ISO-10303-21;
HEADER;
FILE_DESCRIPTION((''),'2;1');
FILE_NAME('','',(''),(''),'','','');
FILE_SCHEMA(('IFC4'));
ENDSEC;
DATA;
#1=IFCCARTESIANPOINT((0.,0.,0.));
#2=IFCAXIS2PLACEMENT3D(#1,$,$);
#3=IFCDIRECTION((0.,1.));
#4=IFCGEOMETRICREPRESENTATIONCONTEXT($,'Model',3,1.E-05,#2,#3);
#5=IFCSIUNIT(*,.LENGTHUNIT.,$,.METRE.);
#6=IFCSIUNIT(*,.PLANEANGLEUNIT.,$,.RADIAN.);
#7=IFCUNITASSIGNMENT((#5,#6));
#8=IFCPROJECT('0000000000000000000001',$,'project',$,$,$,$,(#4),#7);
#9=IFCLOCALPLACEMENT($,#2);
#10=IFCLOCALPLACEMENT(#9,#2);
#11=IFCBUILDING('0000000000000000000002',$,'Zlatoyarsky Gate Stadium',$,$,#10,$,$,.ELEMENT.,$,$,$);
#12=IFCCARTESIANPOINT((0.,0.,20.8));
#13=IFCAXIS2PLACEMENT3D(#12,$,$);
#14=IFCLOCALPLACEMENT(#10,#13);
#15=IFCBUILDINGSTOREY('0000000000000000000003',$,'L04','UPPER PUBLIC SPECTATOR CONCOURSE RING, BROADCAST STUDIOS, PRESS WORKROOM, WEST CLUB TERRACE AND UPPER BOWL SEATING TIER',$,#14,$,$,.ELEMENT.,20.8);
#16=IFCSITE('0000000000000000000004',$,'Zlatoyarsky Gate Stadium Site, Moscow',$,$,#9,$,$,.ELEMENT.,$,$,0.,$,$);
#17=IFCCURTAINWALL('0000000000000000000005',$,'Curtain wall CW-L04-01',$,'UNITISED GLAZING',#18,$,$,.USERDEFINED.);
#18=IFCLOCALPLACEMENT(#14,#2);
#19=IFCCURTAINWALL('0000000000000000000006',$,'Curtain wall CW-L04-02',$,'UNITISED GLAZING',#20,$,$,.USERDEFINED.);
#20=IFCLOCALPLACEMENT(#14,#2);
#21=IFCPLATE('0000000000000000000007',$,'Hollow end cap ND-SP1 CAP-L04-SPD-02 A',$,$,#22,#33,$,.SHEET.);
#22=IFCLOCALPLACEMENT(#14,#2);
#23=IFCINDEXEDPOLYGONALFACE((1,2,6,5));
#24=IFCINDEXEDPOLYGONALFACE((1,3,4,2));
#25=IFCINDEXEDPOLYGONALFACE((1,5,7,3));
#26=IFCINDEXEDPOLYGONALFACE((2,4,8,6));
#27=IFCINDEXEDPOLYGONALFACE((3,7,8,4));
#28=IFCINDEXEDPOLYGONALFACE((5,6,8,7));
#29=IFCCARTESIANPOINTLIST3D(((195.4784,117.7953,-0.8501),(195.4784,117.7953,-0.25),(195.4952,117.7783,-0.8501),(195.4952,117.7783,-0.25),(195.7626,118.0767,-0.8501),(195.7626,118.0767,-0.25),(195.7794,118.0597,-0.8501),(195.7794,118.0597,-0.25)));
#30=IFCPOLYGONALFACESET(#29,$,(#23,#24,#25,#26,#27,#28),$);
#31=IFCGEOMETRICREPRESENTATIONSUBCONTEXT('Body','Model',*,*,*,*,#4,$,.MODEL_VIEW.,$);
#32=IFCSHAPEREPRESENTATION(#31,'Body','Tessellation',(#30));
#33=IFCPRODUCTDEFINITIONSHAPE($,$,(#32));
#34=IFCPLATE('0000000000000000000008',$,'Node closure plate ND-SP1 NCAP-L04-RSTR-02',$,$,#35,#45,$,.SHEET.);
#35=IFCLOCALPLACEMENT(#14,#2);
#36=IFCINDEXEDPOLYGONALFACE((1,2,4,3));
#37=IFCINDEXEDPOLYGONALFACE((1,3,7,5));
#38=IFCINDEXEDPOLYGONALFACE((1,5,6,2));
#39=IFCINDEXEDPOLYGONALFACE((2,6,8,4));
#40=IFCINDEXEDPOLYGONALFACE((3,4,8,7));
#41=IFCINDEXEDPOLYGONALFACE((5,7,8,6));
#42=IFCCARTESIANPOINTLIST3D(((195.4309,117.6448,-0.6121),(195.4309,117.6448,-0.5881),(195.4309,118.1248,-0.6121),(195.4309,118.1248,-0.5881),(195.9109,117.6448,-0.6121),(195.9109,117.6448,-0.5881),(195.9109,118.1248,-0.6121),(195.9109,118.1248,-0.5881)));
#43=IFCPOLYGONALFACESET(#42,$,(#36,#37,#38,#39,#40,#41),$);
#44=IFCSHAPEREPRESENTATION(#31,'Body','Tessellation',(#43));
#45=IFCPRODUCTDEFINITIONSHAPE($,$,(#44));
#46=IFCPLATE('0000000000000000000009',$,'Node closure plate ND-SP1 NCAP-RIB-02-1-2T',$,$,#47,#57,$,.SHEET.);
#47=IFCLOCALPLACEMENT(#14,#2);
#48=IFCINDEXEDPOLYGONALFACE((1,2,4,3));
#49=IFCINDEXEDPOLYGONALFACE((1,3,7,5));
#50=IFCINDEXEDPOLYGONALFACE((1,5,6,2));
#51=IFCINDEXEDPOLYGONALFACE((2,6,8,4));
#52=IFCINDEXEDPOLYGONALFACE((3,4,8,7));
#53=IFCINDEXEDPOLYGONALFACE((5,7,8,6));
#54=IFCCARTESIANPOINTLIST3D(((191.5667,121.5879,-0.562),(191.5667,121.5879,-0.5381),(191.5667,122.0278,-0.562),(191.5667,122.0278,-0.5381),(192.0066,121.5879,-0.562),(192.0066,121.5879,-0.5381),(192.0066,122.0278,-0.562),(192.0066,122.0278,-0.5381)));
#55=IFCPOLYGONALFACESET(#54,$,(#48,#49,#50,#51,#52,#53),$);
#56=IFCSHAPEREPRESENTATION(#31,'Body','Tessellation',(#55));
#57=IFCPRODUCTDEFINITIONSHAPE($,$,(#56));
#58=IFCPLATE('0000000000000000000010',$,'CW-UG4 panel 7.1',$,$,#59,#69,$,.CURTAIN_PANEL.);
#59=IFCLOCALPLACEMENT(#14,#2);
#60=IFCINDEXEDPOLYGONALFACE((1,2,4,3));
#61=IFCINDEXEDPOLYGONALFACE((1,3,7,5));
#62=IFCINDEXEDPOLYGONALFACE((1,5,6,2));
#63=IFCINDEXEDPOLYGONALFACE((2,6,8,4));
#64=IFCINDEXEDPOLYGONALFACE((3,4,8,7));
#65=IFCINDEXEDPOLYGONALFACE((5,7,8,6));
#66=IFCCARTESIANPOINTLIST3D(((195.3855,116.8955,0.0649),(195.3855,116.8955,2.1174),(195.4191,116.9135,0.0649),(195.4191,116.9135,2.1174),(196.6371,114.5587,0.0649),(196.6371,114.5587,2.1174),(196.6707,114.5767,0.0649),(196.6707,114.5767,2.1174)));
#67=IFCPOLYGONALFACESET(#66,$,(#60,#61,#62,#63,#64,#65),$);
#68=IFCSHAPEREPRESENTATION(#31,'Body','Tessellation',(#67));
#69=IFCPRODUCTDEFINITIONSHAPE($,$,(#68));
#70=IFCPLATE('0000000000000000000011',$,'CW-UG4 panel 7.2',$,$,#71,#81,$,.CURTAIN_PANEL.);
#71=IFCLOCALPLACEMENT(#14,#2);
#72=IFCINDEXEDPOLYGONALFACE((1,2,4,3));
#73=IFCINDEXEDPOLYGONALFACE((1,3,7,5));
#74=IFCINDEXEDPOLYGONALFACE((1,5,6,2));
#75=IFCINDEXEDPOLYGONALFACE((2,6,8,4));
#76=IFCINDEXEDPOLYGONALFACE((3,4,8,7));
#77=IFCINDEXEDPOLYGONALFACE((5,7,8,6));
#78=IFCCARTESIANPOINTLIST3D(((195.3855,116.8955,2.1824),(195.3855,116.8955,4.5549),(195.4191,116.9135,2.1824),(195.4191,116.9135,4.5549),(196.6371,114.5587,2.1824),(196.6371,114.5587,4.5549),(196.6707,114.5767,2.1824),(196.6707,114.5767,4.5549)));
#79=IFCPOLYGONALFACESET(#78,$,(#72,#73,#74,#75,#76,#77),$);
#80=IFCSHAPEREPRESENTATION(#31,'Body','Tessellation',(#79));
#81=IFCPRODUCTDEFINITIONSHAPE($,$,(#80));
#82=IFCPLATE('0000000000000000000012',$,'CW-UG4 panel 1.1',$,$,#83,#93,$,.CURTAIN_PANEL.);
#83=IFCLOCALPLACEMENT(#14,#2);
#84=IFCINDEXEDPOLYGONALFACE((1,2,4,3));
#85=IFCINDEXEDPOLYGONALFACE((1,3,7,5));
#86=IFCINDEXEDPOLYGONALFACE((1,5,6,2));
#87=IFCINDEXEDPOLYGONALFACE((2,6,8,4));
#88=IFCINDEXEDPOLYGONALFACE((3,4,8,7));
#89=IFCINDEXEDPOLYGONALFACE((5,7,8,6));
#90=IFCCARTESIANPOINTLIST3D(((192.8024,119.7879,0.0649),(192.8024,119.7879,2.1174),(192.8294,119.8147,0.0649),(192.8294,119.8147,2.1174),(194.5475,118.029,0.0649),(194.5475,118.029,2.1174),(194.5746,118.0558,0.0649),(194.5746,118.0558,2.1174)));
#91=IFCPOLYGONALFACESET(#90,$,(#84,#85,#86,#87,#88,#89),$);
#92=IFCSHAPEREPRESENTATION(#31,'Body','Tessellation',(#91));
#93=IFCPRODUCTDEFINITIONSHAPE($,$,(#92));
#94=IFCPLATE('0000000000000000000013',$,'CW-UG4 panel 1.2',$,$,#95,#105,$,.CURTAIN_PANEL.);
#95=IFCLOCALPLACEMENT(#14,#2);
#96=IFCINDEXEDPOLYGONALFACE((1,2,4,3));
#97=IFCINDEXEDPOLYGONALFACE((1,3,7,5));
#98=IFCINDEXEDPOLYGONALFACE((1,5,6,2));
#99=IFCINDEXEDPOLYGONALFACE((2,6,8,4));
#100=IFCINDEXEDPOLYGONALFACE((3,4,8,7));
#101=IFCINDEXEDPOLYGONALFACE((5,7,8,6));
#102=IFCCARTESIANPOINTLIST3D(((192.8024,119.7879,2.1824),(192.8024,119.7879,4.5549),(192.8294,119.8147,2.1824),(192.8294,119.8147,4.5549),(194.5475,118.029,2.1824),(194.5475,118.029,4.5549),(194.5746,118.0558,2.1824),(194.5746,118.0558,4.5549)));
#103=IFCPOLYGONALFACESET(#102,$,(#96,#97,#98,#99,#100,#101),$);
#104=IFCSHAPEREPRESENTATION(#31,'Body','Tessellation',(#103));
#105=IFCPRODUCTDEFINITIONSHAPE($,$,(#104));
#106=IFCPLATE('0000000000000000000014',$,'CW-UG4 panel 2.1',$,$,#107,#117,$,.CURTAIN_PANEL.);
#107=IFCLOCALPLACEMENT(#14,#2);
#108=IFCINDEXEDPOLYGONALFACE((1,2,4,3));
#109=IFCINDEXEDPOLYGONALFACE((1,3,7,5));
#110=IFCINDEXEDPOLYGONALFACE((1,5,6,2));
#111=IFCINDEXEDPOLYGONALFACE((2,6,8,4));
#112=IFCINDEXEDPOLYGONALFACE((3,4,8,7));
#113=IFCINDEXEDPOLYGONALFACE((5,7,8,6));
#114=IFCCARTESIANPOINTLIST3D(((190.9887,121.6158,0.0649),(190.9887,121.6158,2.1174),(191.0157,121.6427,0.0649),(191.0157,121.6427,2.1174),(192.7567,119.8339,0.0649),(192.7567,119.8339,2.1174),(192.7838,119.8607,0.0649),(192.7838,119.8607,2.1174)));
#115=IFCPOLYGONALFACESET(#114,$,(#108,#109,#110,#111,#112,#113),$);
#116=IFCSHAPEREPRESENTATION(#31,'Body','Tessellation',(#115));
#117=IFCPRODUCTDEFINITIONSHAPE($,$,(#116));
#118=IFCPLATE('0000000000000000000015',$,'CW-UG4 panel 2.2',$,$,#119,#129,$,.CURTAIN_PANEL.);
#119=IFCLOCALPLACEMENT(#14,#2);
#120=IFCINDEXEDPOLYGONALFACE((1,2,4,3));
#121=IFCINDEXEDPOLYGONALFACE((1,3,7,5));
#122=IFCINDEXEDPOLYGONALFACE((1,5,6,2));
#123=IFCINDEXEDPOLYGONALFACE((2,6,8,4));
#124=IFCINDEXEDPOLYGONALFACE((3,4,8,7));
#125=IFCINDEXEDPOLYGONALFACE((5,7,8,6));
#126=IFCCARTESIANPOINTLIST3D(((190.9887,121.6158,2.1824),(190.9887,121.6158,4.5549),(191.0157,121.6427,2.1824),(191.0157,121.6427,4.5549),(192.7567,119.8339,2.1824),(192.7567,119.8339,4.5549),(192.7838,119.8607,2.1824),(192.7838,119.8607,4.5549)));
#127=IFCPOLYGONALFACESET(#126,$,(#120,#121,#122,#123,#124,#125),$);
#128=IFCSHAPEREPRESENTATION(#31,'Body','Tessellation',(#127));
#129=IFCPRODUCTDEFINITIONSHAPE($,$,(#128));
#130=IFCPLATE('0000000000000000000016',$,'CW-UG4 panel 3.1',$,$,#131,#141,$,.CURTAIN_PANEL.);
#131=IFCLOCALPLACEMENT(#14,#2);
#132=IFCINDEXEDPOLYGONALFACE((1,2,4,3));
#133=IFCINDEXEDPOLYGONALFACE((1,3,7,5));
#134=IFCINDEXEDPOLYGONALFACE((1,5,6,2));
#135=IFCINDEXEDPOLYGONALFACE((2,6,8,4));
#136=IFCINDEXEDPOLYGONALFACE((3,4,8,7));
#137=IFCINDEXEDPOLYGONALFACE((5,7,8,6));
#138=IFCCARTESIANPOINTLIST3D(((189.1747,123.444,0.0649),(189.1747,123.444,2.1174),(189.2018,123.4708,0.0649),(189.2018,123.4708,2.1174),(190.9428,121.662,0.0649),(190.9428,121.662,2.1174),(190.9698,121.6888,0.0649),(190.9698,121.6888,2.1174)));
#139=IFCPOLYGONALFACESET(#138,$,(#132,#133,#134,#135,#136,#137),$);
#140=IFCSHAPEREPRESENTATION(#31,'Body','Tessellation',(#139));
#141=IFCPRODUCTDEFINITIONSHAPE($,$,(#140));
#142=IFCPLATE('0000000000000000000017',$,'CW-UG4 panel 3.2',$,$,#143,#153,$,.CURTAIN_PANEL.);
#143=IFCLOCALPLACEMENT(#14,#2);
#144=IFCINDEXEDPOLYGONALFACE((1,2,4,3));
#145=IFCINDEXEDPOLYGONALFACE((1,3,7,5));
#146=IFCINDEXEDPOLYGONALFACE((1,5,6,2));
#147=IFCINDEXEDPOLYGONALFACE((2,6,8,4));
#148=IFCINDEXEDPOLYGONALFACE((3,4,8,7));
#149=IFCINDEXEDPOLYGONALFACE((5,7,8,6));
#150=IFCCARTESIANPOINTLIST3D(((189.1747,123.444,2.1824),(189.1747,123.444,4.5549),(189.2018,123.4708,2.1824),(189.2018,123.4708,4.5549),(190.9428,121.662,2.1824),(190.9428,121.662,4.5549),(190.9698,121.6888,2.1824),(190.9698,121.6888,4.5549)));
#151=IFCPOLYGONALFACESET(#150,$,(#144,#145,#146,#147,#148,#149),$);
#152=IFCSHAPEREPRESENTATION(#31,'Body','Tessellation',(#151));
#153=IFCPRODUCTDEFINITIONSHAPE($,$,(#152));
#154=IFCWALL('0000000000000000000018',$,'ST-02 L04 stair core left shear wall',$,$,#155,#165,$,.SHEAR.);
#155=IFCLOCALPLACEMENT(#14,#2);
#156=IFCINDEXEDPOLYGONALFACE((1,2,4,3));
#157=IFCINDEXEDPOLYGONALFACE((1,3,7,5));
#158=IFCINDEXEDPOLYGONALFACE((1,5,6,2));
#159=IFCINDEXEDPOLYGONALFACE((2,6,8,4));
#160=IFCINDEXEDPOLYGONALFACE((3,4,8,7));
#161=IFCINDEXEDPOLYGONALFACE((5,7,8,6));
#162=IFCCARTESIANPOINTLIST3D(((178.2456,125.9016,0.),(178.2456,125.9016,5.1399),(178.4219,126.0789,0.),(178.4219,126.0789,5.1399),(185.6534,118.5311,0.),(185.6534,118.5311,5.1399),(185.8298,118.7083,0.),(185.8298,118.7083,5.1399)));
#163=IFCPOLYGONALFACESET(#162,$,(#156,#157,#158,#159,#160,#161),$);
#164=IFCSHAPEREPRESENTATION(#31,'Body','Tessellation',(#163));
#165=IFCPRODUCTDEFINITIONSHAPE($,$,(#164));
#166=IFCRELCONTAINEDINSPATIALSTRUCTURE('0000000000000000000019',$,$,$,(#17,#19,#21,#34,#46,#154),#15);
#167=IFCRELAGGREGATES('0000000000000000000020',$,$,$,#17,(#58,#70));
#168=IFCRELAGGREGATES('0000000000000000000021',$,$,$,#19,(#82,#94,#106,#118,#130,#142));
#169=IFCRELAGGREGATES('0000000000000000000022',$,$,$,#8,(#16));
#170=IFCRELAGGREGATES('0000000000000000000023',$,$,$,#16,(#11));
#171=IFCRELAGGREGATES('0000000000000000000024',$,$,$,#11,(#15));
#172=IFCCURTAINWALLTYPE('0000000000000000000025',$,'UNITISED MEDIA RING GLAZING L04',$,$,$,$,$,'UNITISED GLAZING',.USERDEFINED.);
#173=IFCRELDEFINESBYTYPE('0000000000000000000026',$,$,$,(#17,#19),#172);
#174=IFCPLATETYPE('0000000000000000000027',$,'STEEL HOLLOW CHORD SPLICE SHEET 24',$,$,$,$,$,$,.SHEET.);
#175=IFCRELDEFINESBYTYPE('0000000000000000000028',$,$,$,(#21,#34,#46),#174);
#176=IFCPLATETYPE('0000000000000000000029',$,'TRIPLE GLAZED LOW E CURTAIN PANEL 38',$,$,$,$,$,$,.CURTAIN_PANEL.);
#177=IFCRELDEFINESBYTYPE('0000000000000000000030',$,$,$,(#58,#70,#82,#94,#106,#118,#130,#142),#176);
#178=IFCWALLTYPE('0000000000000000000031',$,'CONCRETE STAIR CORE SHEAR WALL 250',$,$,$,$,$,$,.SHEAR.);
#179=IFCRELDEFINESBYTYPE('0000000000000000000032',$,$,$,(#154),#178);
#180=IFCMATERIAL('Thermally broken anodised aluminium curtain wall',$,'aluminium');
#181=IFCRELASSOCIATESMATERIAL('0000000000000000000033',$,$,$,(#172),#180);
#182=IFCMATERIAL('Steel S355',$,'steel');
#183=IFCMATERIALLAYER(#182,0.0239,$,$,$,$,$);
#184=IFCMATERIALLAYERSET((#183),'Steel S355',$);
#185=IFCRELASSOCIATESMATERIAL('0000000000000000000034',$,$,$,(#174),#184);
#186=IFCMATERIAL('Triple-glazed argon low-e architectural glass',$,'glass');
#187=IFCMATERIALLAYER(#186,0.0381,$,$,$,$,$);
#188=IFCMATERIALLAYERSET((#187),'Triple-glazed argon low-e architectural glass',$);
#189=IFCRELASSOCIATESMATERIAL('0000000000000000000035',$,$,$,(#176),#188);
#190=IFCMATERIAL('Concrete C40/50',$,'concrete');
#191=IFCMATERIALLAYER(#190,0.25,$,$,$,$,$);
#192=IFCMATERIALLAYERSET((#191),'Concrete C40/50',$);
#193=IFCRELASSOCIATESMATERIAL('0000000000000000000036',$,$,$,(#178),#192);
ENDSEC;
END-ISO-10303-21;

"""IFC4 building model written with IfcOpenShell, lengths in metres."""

from ifc_helpers import new_model, si_unit, direction, frame, frame_2d, origin, origin_2d, place, context, subcontext, project, spatial, rectangle, extrude, material, layer, layer_set, type_object, element, aggregate, save


model = new_model("IFC4")

# Units and contexts
model_context = context("Model", 3, precision=1e-05, world=origin(), true_north=direction((0.0, 1.0)))
body_context = subcontext(model_context, "Body", "Model", "MODEL_VIEW")
ifc_project = project(units=[si_unit("LENGTHUNIT", "METRE"), si_unit("PLANEANGLEUNIT", "RADIAN")], contexts=[model_context])

# Site, building, storey
site_placement = place(None, origin())
site = spatial("IfcSite", under=ifc_project, at=site_placement, Name="Zlatoyarsky Gate Stadium Site, Moscow", CompositionType="ELEMENT", RefElevation=0.0)
building_placement = place(site_placement, origin())
building = spatial("IfcBuilding", under=site, at=building_placement, Name="Zlatoyarsky Gate Stadium", CompositionType="ELEMENT")
storey_placement = place(building_placement, frame((0.0, 0.0, 20.8)))
storey = spatial("IfcBuildingStorey", under=building, at=storey_placement, Name="L04", Description="UPPER PUBLIC SPECTATOR CONCOURSE RING, BROADCAST STUDIOS, PRESS WORKROOM, WEST CLUB TERRACE AND UPPER BOWL SEATING TIER", CompositionType="ELEMENT", Elevation=20.8)

# Shared definitions
ifc_material_1 = material(Name="Steel S355", Category="steel")

# Curtain wall
ifc_material_2 = material(Name="Thermally broken anodised aluminium curtain wall", Category="aluminium")
curtain_wall_type = type_object("IfcCurtainWallType", Name="UNITISED MEDIA RING GLAZING L04", ElementType="UNITISED GLAZING", PredefinedType="USERDEFINED", material=ifc_material_2)
curtain_wall_1_placement = place(storey_placement, origin())
curtain_wall_1 = element("IfcCurtainWall", 1, at=curtain_wall_1_placement, inside=storey, type_object=curtain_wall_type, Name="Curtain wall CW-L04-01", ObjectType="UNITISED GLAZING", PredefinedType="USERDEFINED")

# Curtain wall
curtain_wall_2_placement = place(storey_placement, origin())
curtain_wall_2 = element("IfcCurtainWall", 2, at=curtain_wall_2_placement, inside=storey, type_object=curtain_wall_type, Name="Curtain wall CW-L04-02", ObjectType="UNITISED GLAZING", PredefinedType="USERDEFINED")

# Plates
ifc_layer_1 = layer(ifc_material_1, 0.0239)
ifc_layer_set_1 = layer_set([ifc_layer_1], Name="Steel S355")
plate_type_1 = type_object("IfcPlateType", Name="STEEL HOLLOW CHORD SPLICE SHEET 24", PredefinedType="SHEET", material=ifc_layer_set_1)
for number, where, z_axis, x_axis, name in (
    (3, (195.6289, 117.9275, -0.8501), (0.0, 0.0, 1.0), (-0.703591, 0.710605, 0.0), "Hollow end cap ND-SP1 CAP-L04-SPD-02 A"),
):
    element("IfcPlate", number, at=place(storey_placement, frame(where, z_axis=z_axis, x_axis=x_axis)), inside=storey, type_object=plate_type_1, Name=name, PredefinedType="SHEET", context=body_context, shape_type="SweptSolid", body=[
        extrude(rectangle(XDim=0.0239, YDim=0.3999, at=origin_2d()), origin(), (0.0, 0.0, 1.0), 0.6001),
    ])
plate_1_placement = place(storey_placement, frame((195.6709, 117.8848, -0.6121), z_axis=(0.0, 0.0, 1.0), x_axis=(1.0, 0.0, 0.0)))
element("IfcPlate", 4, at=plate_1_placement, inside=storey, type_object=plate_type_1, Name="Node closure plate ND-SP1 NCAP-L04-RSTR-02", PredefinedType="SHEET", context=body_context, shape_type="SweptSolid", body=[
    extrude(rectangle(XDim=0.48, YDim=0.48, at=origin_2d()), origin(), (0.0, 0.0, 1.0), 0.0239),
])
plate_2_placement = place(storey_placement, frame((191.7866, 121.8079, -0.562), z_axis=(0.0, 0.0, 1.0), x_axis=(1.0, 0.0, 0.0)))
element("IfcPlate", 5, at=plate_2_placement, inside=storey, type_object=plate_type_1, Name="Node closure plate ND-SP1 NCAP-RIB-02-1-2T", PredefinedType="SHEET", context=body_context, shape_type="SweptSolid", body=[
    extrude(rectangle(XDim=0.4399, YDim=0.4399, at=origin_2d()), origin(), (0.0, 0.0, 1.0), 0.0239),
])

# Plates
ifc_material_3 = material(Name="Triple-glazed argon low-e architectural glass", Category="glass")
ifc_layer_2 = layer(ifc_material_3, 0.0381)
ifc_layer_set_2 = layer_set([ifc_layer_2], Name="Triple-glazed argon low-e architectural glass")
plate_type_2 = type_object("IfcPlateType", Name="TRIPLE GLAZED LOW E CURTAIN PANEL 38", PredefinedType="CURTAIN_PANEL", material=ifc_layer_set_2)
plate_3_placement = place(storey_placement, frame((196.0281, 115.7361, 0.0649), z_axis=(0.0, 0.0, 1.0), x_axis=(-0.472145, 0.881521, 0.0)))
plate_3 = element("IfcPlate", 6, at=plate_3_placement, type_object=plate_type_2, Name="CW-UG4 panel 7.1", PredefinedType="CURTAIN_PANEL", context=body_context, shape_type="SweptSolid", body=[
    extrude(rectangle(XDim=2.6509, YDim=0.0381, at=origin_2d()), origin(), (0.0, 0.0, 1.0), 2.0525),
])
plate_4_placement = place(storey_placement, frame((196.0281, 115.7361, 2.1824), z_axis=(0.0, 0.0, 1.0), x_axis=(-0.472145, 0.881521, 0.0)))
plate_4 = element("IfcPlate", 7, at=plate_4_placement, type_object=plate_type_2, Name="CW-UG4 panel 7.2", PredefinedType="CURTAIN_PANEL", context=body_context, shape_type="SweptSolid", body=[
    extrude(rectangle(XDim=2.6509, YDim=0.0381, at=origin_2d()), origin(), (0.0, 0.0, 1.0), 2.3726),
])
aggregate(curtain_wall_1, [plate_3, plate_4])
plate_5_placement = place(storey_placement, frame((193.6885, 118.9219, 0.0649), z_axis=(0.0, 0.0, 1.0), x_axis=(-0.704332, 0.709871, 0.0)))
plate_5 = element("IfcPlate", 8, at=plate_5_placement, type_object=plate_type_2, Name="CW-UG4 panel 1.1", PredefinedType="CURTAIN_PANEL", context=body_context, shape_type="SweptSolid", body=[
    extrude(rectangle(XDim=2.4778, YDim=0.0381, at=origin_2d()), origin(), (0.0, 0.0, 1.0), 2.0525),
])
plate_6_placement = place(storey_placement, frame((193.6885, 118.9219, 2.1824), z_axis=(0.0, 0.0, 1.0), x_axis=(-0.704332, 0.709871, 0.0)))
plate_6 = element("IfcPlate", 9, at=plate_6_placement, type_object=plate_type_2, Name="CW-UG4 panel 1.2", PredefinedType="CURTAIN_PANEL", context=body_context, shape_type="SweptSolid", body=[
    extrude(rectangle(XDim=2.4778, YDim=0.0381, at=origin_2d()), origin(), (0.0, 0.0, 1.0), 2.3726),
])
plate_7_placement = place(storey_placement, frame((191.8862, 120.7383, 0.0649), z_axis=(0.0, 0.0, 1.0), x_axis=(-0.704332, 0.709871, 0.0)))
plate_7 = element("IfcPlate", 10, at=plate_7_placement, type_object=plate_type_2, Name="CW-UG4 panel 2.1", PredefinedType="CURTAIN_PANEL", context=body_context, shape_type="SweptSolid", body=[
    extrude(rectangle(XDim=2.5103, YDim=0.0381, at=origin_2d()), origin(), (0.0, 0.0, 1.0), 2.0525),
])
plate_8_placement = place(storey_placement, frame((191.8862, 120.7383, 2.1824), z_axis=(0.0, 0.0, 1.0), x_axis=(-0.704332, 0.709871, 0.0)))
plate_8 = element("IfcPlate", 11, at=plate_8_placement, type_object=plate_type_2, Name="CW-UG4 panel 2.2", PredefinedType="CURTAIN_PANEL", context=body_context, shape_type="SweptSolid", body=[
    extrude(rectangle(XDim=2.5103, YDim=0.0381, at=origin_2d()), origin(), (0.0, 0.0, 1.0), 2.3726),
])
plate_9_placement = place(storey_placement, frame((190.0723, 122.5664, 0.0649), z_axis=(0.0, 0.0, 1.0), x_axis=(-0.704332, 0.709871, 0.0)))
plate_9 = element("IfcPlate", 12, at=plate_9_placement, type_object=plate_type_2, Name="CW-UG4 panel 3.1", PredefinedType="CURTAIN_PANEL", context=body_context, shape_type="SweptSolid", body=[
    extrude(rectangle(XDim=2.5103, YDim=0.0381, at=origin_2d()), origin(), (0.0, 0.0, 1.0), 2.0525),
])
plate_10_placement = place(storey_placement, frame((190.0723, 122.5664, 2.1824), z_axis=(0.0, 0.0, 1.0), x_axis=(-0.704332, 0.709871, 0.0)))
plate_10 = element("IfcPlate", 13, at=plate_10_placement, type_object=plate_type_2, Name="CW-UG4 panel 3.2", PredefinedType="CURTAIN_PANEL", context=body_context, shape_type="SweptSolid", body=[
    extrude(rectangle(XDim=2.5103, YDim=0.0381, at=origin_2d()), origin(), (0.0, 0.0, 1.0), 2.3726),
])
aggregate(curtain_wall_2, [plate_5, plate_6, plate_7, plate_8, plate_9, plate_10])

# Wall
ifc_material_4 = material(Name="Concrete C40/50", Category="concrete")
ifc_layer_3 = layer(ifc_material_4, 0.25)
ifc_layer_set_3 = layer_set([ifc_layer_3], Name="Concrete C40/50")
wall_type = type_object("IfcWallType", Name="CONCRETE STAIR CORE SHEAR WALL 250", PredefinedType="SHEAR", material=ifc_layer_set_3)
wall_placement = place(storey_placement, frame((185.7417, 118.6196, 0.0), z_axis=(0.0, 0.0, 1.0), x_axis=(-0.708892, 0.705317, 0.0)))
element("IfcWall", 14, at=wall_placement, inside=storey, type_object=wall_type, Name="ST-02 L04 stair core left shear wall", PredefinedType="SHEAR", context=body_context, shape_type="SweptSolid", body=[
    extrude(rectangle(XDim=10.45, YDim=0.25, at=frame_2d((5.2251, 0.0))), origin(), (0.0, 0.0, 1.0), 5.1399),
])

save(model, "model.ifc")
